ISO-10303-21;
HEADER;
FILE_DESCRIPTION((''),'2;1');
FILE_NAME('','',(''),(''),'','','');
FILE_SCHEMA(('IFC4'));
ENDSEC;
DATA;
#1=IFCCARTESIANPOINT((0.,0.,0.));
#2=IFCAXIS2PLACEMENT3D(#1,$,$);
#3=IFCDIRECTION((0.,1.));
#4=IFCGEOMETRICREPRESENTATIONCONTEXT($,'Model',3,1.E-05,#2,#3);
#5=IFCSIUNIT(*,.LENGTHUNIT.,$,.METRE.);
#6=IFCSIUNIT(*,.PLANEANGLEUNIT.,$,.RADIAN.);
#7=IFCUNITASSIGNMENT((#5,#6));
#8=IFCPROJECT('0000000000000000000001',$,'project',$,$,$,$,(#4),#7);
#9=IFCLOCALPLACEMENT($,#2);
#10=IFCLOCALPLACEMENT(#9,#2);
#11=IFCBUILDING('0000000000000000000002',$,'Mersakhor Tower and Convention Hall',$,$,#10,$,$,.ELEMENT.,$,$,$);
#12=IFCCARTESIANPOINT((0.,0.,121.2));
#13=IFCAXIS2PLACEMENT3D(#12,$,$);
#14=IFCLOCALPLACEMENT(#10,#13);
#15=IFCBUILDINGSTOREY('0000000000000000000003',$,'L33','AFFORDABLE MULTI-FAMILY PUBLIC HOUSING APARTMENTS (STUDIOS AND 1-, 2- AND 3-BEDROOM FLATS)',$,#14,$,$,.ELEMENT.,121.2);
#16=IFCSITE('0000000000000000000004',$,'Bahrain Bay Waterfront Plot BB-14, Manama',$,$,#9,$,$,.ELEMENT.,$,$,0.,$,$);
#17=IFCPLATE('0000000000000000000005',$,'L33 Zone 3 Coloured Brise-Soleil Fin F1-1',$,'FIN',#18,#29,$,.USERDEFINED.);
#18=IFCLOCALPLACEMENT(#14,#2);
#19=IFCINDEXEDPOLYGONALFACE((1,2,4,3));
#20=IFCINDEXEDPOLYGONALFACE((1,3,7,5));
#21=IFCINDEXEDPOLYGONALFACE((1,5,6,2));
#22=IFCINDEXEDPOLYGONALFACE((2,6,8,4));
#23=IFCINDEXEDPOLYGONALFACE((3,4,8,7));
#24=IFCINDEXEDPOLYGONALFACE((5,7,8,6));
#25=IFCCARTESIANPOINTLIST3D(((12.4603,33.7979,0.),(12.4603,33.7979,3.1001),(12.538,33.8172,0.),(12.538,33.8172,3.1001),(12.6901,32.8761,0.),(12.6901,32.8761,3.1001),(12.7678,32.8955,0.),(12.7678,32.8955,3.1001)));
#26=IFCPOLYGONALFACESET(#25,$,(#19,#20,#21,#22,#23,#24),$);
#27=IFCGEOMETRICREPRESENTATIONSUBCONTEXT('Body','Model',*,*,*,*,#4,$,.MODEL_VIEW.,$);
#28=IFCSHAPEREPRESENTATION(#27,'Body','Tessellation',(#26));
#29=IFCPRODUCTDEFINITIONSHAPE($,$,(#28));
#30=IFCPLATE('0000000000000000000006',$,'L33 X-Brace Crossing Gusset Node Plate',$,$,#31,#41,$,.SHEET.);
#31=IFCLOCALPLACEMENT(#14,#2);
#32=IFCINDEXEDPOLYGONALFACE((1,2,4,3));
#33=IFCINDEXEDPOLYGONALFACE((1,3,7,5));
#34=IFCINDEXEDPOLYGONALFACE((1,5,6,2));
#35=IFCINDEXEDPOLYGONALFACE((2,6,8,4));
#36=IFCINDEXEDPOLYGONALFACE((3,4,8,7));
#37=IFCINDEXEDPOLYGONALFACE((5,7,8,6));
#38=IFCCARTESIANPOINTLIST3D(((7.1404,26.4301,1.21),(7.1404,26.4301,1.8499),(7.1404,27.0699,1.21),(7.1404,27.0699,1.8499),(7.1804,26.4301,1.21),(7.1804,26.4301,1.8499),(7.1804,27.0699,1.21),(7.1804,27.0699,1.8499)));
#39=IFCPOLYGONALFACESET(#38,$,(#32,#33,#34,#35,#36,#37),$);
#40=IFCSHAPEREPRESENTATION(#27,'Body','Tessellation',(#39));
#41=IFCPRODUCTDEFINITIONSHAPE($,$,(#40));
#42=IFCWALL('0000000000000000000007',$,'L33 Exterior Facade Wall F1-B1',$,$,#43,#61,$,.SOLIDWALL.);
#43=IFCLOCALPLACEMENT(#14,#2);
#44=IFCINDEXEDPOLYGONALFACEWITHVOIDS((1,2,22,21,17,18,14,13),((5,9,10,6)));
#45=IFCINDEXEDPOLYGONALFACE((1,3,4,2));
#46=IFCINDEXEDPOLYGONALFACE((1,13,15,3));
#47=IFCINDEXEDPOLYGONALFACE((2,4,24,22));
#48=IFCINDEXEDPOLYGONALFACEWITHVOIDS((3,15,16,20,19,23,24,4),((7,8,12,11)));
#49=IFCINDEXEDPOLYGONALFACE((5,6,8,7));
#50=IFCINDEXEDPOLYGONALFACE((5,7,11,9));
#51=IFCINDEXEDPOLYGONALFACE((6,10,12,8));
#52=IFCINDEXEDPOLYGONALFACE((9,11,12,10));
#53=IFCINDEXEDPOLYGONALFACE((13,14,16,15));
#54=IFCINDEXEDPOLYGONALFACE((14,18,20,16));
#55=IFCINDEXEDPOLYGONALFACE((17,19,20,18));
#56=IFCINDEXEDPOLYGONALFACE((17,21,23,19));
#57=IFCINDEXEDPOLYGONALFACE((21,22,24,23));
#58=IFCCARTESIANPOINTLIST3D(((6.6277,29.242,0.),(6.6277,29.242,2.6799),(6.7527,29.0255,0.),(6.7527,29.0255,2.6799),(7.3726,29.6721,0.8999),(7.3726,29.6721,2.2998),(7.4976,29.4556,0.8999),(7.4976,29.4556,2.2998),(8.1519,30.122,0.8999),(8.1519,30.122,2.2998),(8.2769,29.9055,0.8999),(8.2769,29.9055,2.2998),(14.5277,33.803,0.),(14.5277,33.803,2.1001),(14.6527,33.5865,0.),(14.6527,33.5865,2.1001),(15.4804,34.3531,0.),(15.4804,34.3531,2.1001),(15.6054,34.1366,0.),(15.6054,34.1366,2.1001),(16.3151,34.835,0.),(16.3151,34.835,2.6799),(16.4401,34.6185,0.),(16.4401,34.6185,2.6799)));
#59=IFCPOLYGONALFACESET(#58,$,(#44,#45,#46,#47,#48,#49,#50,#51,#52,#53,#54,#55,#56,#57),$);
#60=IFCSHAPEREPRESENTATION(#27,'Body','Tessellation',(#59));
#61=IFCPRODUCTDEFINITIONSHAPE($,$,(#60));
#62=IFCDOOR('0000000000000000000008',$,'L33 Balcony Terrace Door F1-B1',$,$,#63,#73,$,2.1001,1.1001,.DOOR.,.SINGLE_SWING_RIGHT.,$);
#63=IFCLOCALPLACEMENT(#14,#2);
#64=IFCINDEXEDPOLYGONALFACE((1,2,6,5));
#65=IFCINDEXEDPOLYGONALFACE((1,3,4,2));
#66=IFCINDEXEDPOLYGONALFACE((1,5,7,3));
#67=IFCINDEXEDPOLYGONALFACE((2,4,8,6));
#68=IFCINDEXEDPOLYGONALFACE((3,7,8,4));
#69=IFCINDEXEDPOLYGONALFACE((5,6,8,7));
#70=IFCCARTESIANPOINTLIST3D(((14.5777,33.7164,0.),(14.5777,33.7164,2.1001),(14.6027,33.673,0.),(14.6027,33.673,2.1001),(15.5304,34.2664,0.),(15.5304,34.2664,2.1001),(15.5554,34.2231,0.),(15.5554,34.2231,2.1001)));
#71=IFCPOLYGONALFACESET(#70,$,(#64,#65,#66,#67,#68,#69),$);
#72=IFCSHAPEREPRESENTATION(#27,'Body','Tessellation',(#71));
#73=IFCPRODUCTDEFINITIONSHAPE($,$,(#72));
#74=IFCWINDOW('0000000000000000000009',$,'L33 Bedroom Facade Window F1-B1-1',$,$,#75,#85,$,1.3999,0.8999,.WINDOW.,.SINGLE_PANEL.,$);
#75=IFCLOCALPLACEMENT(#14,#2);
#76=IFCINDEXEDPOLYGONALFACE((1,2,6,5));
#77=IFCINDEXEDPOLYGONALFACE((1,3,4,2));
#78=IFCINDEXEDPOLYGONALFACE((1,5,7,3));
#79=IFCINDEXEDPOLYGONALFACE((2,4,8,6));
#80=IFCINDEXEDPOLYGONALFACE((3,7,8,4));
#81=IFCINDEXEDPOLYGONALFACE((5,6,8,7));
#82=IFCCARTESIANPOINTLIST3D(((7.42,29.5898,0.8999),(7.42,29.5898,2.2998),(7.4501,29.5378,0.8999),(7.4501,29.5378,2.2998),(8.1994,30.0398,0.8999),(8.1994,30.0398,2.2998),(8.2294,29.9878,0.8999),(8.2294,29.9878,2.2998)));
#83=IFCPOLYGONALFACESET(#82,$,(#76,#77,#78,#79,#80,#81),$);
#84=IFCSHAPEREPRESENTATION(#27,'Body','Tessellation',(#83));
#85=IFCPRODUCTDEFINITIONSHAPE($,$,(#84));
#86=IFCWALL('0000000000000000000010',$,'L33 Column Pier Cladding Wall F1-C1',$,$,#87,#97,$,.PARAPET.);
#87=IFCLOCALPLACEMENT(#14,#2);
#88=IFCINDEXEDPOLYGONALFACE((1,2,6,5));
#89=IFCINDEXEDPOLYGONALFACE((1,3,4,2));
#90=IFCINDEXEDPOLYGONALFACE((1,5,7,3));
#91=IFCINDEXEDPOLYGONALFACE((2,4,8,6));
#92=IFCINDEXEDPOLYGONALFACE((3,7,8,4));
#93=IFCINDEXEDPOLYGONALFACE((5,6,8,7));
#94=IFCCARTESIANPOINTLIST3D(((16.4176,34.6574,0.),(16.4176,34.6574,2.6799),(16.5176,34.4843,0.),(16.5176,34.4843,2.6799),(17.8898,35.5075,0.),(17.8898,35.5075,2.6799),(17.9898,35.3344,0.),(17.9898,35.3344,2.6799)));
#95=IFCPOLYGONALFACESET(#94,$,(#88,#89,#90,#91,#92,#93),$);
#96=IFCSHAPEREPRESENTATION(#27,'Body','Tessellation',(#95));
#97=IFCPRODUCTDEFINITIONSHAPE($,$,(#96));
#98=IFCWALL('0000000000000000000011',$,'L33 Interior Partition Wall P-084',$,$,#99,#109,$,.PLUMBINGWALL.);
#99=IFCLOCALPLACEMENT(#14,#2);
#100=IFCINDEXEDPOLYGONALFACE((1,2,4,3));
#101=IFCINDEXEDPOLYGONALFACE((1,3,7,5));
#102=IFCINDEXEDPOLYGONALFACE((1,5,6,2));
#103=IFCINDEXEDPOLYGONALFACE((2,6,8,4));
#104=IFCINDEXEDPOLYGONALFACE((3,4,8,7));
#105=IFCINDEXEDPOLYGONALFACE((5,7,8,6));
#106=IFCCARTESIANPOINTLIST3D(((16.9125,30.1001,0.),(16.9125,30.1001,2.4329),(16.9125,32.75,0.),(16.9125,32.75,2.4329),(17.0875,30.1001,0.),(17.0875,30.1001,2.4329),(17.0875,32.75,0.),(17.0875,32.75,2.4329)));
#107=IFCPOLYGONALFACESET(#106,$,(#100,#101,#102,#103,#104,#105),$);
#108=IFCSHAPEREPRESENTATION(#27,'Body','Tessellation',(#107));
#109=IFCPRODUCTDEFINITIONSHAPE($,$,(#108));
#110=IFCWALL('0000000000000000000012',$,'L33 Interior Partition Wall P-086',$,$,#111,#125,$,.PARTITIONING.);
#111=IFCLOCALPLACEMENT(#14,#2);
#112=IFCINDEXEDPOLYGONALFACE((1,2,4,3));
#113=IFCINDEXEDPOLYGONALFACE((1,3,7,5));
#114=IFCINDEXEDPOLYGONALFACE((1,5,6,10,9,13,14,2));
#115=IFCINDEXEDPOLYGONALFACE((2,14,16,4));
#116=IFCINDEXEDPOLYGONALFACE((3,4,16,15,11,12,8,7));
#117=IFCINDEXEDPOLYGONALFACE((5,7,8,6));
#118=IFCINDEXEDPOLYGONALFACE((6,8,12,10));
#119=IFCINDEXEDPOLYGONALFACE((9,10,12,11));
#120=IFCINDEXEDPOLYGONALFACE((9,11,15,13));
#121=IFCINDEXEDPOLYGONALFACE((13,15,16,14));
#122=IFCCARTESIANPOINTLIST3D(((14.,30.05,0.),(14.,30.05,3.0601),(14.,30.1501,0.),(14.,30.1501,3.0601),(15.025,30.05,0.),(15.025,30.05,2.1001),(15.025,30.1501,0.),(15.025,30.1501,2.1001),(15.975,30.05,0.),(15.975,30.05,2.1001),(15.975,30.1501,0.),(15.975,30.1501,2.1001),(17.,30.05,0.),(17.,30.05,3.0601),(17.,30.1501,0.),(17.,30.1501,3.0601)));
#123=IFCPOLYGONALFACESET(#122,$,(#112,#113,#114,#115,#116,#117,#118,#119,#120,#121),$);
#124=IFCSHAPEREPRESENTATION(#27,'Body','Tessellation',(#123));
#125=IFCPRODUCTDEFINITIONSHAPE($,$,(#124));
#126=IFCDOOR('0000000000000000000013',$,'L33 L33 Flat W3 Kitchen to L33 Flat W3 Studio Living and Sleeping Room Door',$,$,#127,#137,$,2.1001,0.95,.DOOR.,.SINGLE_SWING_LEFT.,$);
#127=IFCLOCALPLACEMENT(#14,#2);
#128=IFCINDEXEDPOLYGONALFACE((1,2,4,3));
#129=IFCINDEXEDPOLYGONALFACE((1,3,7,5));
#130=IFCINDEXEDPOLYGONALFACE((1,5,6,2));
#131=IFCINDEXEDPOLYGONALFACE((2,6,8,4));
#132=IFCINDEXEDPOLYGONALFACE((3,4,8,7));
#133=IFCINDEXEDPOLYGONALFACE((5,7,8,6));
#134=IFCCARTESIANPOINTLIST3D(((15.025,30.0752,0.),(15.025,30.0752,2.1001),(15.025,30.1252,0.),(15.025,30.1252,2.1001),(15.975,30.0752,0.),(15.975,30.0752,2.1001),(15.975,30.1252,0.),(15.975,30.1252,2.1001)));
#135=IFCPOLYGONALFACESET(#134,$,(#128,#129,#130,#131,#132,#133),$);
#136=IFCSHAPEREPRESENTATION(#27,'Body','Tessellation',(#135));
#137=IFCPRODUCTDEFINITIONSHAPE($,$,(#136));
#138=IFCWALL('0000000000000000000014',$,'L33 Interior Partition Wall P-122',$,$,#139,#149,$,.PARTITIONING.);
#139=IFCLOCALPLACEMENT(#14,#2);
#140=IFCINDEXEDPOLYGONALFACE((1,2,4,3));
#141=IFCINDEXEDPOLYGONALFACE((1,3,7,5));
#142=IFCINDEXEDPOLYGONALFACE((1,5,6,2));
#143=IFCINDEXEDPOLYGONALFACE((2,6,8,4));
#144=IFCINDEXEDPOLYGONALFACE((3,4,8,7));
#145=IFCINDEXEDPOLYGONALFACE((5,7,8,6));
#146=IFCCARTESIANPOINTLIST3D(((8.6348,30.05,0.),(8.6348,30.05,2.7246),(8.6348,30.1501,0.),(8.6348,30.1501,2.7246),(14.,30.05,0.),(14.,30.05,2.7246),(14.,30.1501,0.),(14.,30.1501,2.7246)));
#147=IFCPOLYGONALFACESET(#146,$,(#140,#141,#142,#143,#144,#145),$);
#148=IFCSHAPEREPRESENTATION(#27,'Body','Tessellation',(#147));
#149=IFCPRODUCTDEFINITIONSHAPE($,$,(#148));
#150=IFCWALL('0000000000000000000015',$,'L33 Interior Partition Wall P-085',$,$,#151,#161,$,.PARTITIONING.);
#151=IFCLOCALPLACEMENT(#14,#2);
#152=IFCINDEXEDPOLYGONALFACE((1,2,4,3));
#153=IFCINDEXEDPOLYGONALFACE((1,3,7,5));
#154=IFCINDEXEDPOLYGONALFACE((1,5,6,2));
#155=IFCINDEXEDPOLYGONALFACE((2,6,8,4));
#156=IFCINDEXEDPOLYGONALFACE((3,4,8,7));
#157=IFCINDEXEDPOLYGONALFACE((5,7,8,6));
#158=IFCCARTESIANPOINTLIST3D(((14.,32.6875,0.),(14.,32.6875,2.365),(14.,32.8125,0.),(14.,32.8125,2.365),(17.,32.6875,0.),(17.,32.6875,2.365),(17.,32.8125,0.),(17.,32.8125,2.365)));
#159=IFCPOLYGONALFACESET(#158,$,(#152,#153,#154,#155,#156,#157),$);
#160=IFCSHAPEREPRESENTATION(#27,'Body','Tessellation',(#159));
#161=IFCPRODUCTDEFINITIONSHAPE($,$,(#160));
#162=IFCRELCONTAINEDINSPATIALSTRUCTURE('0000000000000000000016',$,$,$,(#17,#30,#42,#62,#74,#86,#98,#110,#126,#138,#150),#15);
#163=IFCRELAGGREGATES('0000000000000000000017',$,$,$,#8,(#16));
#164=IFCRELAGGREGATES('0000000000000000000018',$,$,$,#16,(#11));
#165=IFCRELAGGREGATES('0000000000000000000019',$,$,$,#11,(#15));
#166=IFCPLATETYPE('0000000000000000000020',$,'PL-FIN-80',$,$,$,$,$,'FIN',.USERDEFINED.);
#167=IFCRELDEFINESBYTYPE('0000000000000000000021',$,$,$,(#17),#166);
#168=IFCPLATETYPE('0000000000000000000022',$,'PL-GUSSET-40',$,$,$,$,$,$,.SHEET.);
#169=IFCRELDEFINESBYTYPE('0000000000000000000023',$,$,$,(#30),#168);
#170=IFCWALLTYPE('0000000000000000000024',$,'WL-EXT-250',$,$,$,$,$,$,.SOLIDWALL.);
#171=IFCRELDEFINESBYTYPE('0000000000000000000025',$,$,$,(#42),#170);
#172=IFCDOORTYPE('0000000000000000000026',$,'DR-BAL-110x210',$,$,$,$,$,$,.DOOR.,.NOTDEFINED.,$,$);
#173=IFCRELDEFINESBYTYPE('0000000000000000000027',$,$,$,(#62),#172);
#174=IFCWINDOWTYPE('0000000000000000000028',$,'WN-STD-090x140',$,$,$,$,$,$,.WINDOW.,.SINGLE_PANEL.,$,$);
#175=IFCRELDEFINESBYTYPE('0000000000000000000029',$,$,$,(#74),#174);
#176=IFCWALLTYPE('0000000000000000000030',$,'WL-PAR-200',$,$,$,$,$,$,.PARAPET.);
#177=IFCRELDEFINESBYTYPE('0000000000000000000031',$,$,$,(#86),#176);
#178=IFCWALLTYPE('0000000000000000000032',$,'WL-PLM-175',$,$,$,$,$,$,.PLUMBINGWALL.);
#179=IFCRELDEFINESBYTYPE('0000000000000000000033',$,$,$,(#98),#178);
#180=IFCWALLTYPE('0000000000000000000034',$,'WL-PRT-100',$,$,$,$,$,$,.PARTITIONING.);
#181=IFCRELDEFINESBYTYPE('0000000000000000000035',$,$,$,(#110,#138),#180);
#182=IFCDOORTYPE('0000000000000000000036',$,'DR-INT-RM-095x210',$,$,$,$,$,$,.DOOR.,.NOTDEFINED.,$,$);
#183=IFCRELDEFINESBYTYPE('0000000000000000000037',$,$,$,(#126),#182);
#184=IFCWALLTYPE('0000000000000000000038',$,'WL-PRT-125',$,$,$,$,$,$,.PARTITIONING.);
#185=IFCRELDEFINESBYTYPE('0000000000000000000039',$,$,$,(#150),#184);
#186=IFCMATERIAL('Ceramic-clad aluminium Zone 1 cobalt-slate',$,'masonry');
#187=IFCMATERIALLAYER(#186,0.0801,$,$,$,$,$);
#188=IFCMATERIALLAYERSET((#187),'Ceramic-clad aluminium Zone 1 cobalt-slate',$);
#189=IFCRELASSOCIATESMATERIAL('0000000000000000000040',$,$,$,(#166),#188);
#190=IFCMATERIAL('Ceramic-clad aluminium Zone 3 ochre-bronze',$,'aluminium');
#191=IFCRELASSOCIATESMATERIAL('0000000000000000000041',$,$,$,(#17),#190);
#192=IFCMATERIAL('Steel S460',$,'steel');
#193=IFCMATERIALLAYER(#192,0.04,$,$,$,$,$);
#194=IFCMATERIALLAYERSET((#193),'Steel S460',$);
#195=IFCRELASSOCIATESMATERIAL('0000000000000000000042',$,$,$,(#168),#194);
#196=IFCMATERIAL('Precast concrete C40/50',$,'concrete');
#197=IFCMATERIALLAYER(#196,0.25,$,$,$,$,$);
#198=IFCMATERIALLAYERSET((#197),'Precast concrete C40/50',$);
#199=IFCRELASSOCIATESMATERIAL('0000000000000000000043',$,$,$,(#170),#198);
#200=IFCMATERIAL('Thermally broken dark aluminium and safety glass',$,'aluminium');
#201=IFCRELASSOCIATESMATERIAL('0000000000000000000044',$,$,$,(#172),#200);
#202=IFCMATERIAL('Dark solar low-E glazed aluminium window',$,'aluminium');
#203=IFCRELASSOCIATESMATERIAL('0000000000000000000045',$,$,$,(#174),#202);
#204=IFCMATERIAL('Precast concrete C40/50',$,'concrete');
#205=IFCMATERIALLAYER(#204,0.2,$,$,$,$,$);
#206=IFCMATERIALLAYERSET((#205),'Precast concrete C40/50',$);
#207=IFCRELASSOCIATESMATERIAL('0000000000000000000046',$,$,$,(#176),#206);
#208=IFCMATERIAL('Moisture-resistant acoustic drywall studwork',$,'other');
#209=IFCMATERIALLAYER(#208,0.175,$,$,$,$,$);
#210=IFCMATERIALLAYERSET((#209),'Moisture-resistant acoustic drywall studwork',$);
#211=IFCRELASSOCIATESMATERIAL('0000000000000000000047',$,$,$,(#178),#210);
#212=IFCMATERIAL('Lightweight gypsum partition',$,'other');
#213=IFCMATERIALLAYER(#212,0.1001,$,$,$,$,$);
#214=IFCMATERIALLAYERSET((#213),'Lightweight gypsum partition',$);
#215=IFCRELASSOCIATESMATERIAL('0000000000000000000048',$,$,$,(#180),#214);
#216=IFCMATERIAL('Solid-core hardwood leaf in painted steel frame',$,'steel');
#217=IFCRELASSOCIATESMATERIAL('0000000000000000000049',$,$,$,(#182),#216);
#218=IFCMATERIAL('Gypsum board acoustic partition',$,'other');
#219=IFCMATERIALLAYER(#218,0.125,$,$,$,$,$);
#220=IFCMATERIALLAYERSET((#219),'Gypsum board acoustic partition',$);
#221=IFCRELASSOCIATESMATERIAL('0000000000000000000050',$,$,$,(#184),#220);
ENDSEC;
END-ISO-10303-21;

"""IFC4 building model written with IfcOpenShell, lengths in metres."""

from ifc_helpers import new_model, si_unit, direction, frame, frame_2d, origin, origin_2d, place, context, subcontext, project, spatial, rectangle, extrude, material, layer, layer_set, type_object, element, fill, save


model = new_model("IFC4")

# Units and contexts
model_context = context("Model", 3, precision=1e-05, world=origin(), true_north=direction((0.0, 1.0)))
body_context = subcontext(model_context, "Body", "Model", "MODEL_VIEW")
ifc_project = project(units=[si_unit("LENGTHUNIT", "METRE"), si_unit("PLANEANGLEUNIT", "RADIAN")], contexts=[model_context])

# Site, building, storey
site_placement = place(None, origin())
site = spatial("IfcSite", under=ifc_project, at=site_placement, Name="Bahrain Bay Waterfront Plot BB-14, Manama", CompositionType="ELEMENT", RefElevation=0.0)
building_placement = place(site_placement, origin())
building = spatial("IfcBuilding", under=site, at=building_placement, Name="Mersakhor Tower and Convention Hall", CompositionType="ELEMENT")
storey_placement = place(building_placement, frame((0.0, 0.0, 121.2)))
storey = spatial("IfcBuildingStorey", under=building, at=storey_placement, Name="L33", Description="AFFORDABLE MULTI-FAMILY PUBLIC HOUSING APARTMENTS (STUDIOS AND 1-, 2- AND 3-BEDROOM FLATS)", CompositionType="ELEMENT", Elevation=121.2)

# Plates
ifc_material_1 = material(Name="Ceramic-clad aluminium Zone 3 ochre-bronze", Category="aluminium")
ifc_material_2 = material(Name="Ceramic-clad aluminium Zone 1 cobalt-slate", Category="masonry")
ifc_layer_1 = layer(ifc_material_2, 0.0801)
ifc_layer_set_1 = layer_set([ifc_layer_1], Name="Ceramic-clad aluminium Zone 1 cobalt-slate")
plate_type_1 = type_object("IfcPlateType", Name="PL-FIN-80", ElementType="FIN", PredefinedType="USERDEFINED", material=ifc_layer_set_1)
plate_1_placement = place(storey_placement, frame((12.614, 33.3467, 0.0), z_axis=(0.0, 0.0, 1.0), x_axis=(-0.241922, 0.970296, 0.0)))
element("IfcPlate", 1, at=plate_1_placement, inside=storey, type_object=plate_type_1, material=ifc_material_1, Name="L33 Zone 3 Coloured Brise-Soleil Fin F1-1", ObjectType="FIN", PredefinedType="USERDEFINED", context=body_context, shape_type="SweptSolid", body=[
    extrude(rectangle(XDim=0.95, YDim=0.0801, at=origin_2d()), origin(), (0.0, 0.0, 1.0), 3.1001),
])
ifc_material_3 = material(Name="Steel S460", Category="steel")
ifc_layer_2 = layer(ifc_material_3, 0.04)
ifc_layer_set_2 = layer_set([ifc_layer_2], Name="Steel S460")
plate_type_2 = type_object("IfcPlateType", Name="PL-GUSSET-40", PredefinedType="SHEET", material=ifc_layer_set_2)
plate_2_placement = place(storey_placement, frame((7.1604, 26.75, 1.21), z_axis=(0.0, 0.0, 1.0), x_axis=(0.0, -1.0, 0.0)))
element("IfcPlate", 2, at=plate_2_placement, inside=storey, type_object=plate_type_2, Name="L33 X-Brace Crossing Gusset Node Plate", PredefinedType="SHEET", context=body_context, shape_type="SweptSolid", body=[
    extrude(rectangle(XDim=0.6399, YDim=0.04, at=origin_2d()), origin(), (0.0, 0.0, 1.0), 0.6399),
])

# Wall, openings, door, window
ifc_material_4 = material(Name="Precast concrete C40/50", Category="concrete")
ifc_layer_3 = layer(ifc_material_4, 0.25)
ifc_layer_set_3 = layer_set([ifc_layer_3], Name="Precast concrete C40/50")
wall_type_1 = type_object("IfcWallType", Name="WL-EXT-250", PredefinedType="SOLIDWALL", material=ifc_layer_set_3)
wall_1_placement = place(storey_placement, frame((6.6902, 29.1338, 0.0), z_axis=(0.0, 0.0, 1.0), x_axis=(0.866028, 0.499996, 0.0)))
wall_1 = element("IfcWall", 3, at=wall_1_placement, inside=storey, type_object=wall_type_1, Name="L33 Exterior Facade Wall F1-B1", PredefinedType="SOLIDWALL", context=body_context, shape_type="SweptSolid", body=[
    extrude(rectangle(XDim=11.186, YDim=0.25, at=frame_2d((5.593, 0.0))), origin(), (0.0, 0.0, 1.0), 2.6799),
])
opening_1_placement = place(wall_1_placement, frame((9.1221, 0.0, 0.0)))
opening_1 = element("IfcOpeningElement", 4, at=opening_1_placement, cuts=wall_1, PredefinedType="OPENING", context=body_context, shape_type="SweptSolid", body=[
    extrude(rectangle(XDim=1.1001, YDim=2.1001, at=frame_2d((0.55, 1.05))), frame((0.0, 0.135, 0.0), z_axis=(0.0, -1.0, 0.0), x_axis=(1.0, 0.0, 0.0)), (0.0, 0.0, 1.0), 0.27),
])
opening_2_placement = place(wall_1_placement, frame((0.8601, 0.0, 0.8999)))
opening_2 = element("IfcOpeningElement", 5, at=opening_2_placement, cuts=wall_1, PredefinedType="OPENING", context=body_context, shape_type="SweptSolid", body=[
    extrude(rectangle(XDim=0.8999, YDim=1.3999, at=frame_2d((0.45, 0.7))), frame((0.0, 0.135, 0.0), z_axis=(0.0, -1.0, 0.0), x_axis=(1.0, 0.0, 0.0)), (0.0, 0.0, 1.0), 0.27),
])
ifc_material_5 = material(Name="Thermally broken dark aluminium and safety glass", Category="aluminium")
door_type_1 = type_object("IfcDoorType", Name="DR-BAL-110x210", OperationType="NOTDEFINED", PredefinedType="DOOR", material=ifc_material_5)
door_1_placement = place(opening_1_placement, origin())
door_1 = element("IfcDoor", 6, at=door_1_placement, inside=storey, type_object=door_type_1, Name="L33 Balcony Terrace Door F1-B1", OperationType="SINGLE_SWING_RIGHT", OverallHeight=2.1001, OverallWidth=1.1001, PredefinedType="DOOR", context=body_context, shape_type="SweptSolid", body=[
    extrude(rectangle(XDim=1.1001, YDim=2.1001, at=frame_2d((0.55, 1.05))), frame((0.0, 0.0249, 0.0), z_axis=(0.0, -1.0, 0.0), x_axis=(1.0, 0.0, 0.0)), (0.0, 0.0, 1.0), 0.05),
])
fill(opening_1, door_1)
ifc_material_6 = material(Name="Dark solar low-E glazed aluminium window", Category="aluminium")
window_type = type_object("IfcWindowType", Name="WN-STD-090x140", PartitioningType="SINGLE_PANEL", PredefinedType="WINDOW", material=ifc_material_6)
window_placement = place(opening_2_placement, origin())
window = element("IfcWindow", 7, at=window_placement, inside=storey, type_object=window_type, Name="L33 Bedroom Facade Window F1-B1-1", OverallHeight=1.3999, OverallWidth=0.8999, PartitioningType="SINGLE_PANEL", PredefinedType="WINDOW", context=body_context, shape_type="SweptSolid", body=[
    extrude(rectangle(XDim=0.8999, YDim=1.3999, at=frame_2d((0.45, 0.7))), frame((0.0, 0.03, 0.0), z_axis=(0.0, -1.0, 0.0), x_axis=(1.0, 0.0, 0.0)), (0.0, 0.0, 1.0), 0.0601),
])
fill(opening_2, window)

# Walls
ifc_material_7 = material(Name="Precast concrete C40/50", Category="concrete")
ifc_layer_4 = layer(ifc_material_7, 0.2)
ifc_layer_set_4 = layer_set([ifc_layer_4], Name="Precast concrete C40/50")
wall_type_2 = type_object("IfcWallType", Name="WL-PAR-200", PredefinedType="PARAPET", material=ifc_layer_set_4)
wall_2_placement = place(storey_placement, frame((16.4675, 34.5708, 0.0), z_axis=(0.0, 0.0, 1.0), x_axis=(0.865989, 0.500062, 0.0)))
element("IfcWall", 8, at=wall_2_placement, inside=storey, type_object=wall_type_2, Name="L33 Column Pier Cladding Wall F1-C1", PredefinedType="PARAPET", context=body_context, shape_type="SweptSolid", body=[
    extrude(rectangle(XDim=1.7, YDim=0.2, at=frame_2d((0.8501, 0.0))), origin(), (0.0, 0.0, 1.0), 2.6799),
])
ifc_material_8 = material(Name="Moisture-resistant acoustic drywall studwork", Category="other")
ifc_layer_5 = layer(ifc_material_8, 0.175)
ifc_layer_set_5 = layer_set([ifc_layer_5], Name="Moisture-resistant acoustic drywall studwork")
wall_type_3 = type_object("IfcWallType", Name="WL-PLM-175", PredefinedType="PLUMBINGWALL", material=ifc_layer_set_5)
wall_3_placement = place(storey_placement, frame((17.0, 30.1001, 0.0), z_axis=(0.0, 0.0, 1.0), x_axis=(0.0, 1.0, 0.0)))
element("IfcWall", 9, at=wall_3_placement, inside=storey, type_object=wall_type_3, Name="L33 Interior Partition Wall P-084", PredefinedType="PLUMBINGWALL", context=body_context, shape_type="SweptSolid", body=[
    extrude(rectangle(XDim=2.6499, YDim=0.175, at=frame_2d((1.325, 0.0))), origin(), (0.0, 0.0, 1.0), 2.4329),
])

# Wall, opening, door
ifc_material_9 = material(Name="Lightweight gypsum partition", Category="other")
ifc_layer_6 = layer(ifc_material_9, 0.1001)
ifc_layer_set_6 = layer_set([ifc_layer_6], Name="Lightweight gypsum partition")
wall_type_4 = type_object("IfcWallType", Name="WL-PRT-100", PredefinedType="PARTITIONING", material=ifc_layer_set_6)
wall_4_placement = place(storey_placement, frame((17.0, 30.1001, 0.0), z_axis=(0.0, 0.0, 1.0), x_axis=(-1.0, 0.0, 0.0)))
wall_4 = element("IfcWall", 10, at=wall_4_placement, inside=storey, type_object=wall_type_4, Name="L33 Interior Partition Wall P-086", PredefinedType="PARTITIONING", context=body_context, shape_type="SweptSolid", body=[
    extrude(rectangle(XDim=3.0, YDim=0.1001, at=frame_2d((1.5, 0.0))), origin(), (0.0, 0.0, 1.0), 3.0601),
])
opening_3_placement = place(wall_4_placement, frame((1.0249, 0.0, 0.0)))
opening_3 = element("IfcOpeningElement", 11, at=opening_3_placement, cuts=wall_4, PredefinedType="OPENING", context=body_context, shape_type="SweptSolid", body=[
    extrude(rectangle(XDim=0.95, YDim=2.1001, at=frame_2d((0.4751, 1.05))), frame((0.0, 0.0601, 0.0), z_axis=(0.0, -1.0, 0.0), x_axis=(1.0, 0.0, 0.0)), (0.0, 0.0, 1.0), 0.1201),
])
ifc_material_10 = material(Name="Solid-core hardwood leaf in painted steel frame", Category="steel")
door_type_2 = type_object("IfcDoorType", Name="DR-INT-RM-095x210", OperationType="NOTDEFINED", PredefinedType="DOOR", material=ifc_material_10)
door_2_placement = place(opening_3_placement, origin())
door_2 = element("IfcDoor", 12, at=door_2_placement, inside=storey, type_object=door_type_2, Name="L33 L33 Flat W3 Kitchen to L33 Flat W3 Studio Living and Sleeping Room Door", OperationType="SINGLE_SWING_LEFT", OverallHeight=2.1001, OverallWidth=0.95, PredefinedType="DOOR", context=body_context, shape_type="SweptSolid", body=[
    extrude(rectangle(XDim=0.95, YDim=2.1001, at=frame_2d((0.4751, 1.05))), frame((0.0, 0.0249, 0.0), z_axis=(0.0, -1.0, 0.0), x_axis=(1.0, 0.0, 0.0)), (0.0, 0.0, 1.0), 0.05),
])
fill(opening_3, door_2)

# Walls
wall_5_placement = place(storey_placement, frame((8.6348, 30.1001, 0.0), z_axis=(0.0, 0.0, 1.0), x_axis=(1.0, 0.0, 0.0)))
element("IfcWall", 13, at=wall_5_placement, inside=storey, type_object=wall_type_4, Name="L33 Interior Partition Wall P-122", PredefinedType="PARTITIONING", context=body_context, shape_type="SweptSolid", body=[
    extrude(rectangle(XDim=5.3652, YDim=0.1001, at=frame_2d((2.6826, 0.0))), origin(), (0.0, 0.0, 1.0), 2.7246),
])
ifc_material_11 = material(Name="Gypsum board acoustic partition", Category="other")
ifc_layer_7 = layer(ifc_material_11, 0.125)
ifc_layer_set_7 = layer_set([ifc_layer_7], Name="Gypsum board acoustic partition")
wall_type_5 = type_object("IfcWallType", Name="WL-PRT-125", PredefinedType="PARTITIONING", material=ifc_layer_set_7)
wall_6_placement = place(storey_placement, frame((14.0, 32.75, 0.0), z_axis=(0.0, 0.0, 1.0), x_axis=(1.0, 0.0, 0.0)))
element("IfcWall", 14, at=wall_6_placement, inside=storey, type_object=wall_type_5, Name="L33 Interior Partition Wall P-085", PredefinedType="PARTITIONING", context=body_context, shape_type="SweptSolid", body=[
    extrude(rectangle(XDim=3.0, YDim=0.125, at=frame_2d((1.5, 0.0))), origin(), (0.0, 0.0, 1.0), 2.365),
])

save(model, "model.ifc")
